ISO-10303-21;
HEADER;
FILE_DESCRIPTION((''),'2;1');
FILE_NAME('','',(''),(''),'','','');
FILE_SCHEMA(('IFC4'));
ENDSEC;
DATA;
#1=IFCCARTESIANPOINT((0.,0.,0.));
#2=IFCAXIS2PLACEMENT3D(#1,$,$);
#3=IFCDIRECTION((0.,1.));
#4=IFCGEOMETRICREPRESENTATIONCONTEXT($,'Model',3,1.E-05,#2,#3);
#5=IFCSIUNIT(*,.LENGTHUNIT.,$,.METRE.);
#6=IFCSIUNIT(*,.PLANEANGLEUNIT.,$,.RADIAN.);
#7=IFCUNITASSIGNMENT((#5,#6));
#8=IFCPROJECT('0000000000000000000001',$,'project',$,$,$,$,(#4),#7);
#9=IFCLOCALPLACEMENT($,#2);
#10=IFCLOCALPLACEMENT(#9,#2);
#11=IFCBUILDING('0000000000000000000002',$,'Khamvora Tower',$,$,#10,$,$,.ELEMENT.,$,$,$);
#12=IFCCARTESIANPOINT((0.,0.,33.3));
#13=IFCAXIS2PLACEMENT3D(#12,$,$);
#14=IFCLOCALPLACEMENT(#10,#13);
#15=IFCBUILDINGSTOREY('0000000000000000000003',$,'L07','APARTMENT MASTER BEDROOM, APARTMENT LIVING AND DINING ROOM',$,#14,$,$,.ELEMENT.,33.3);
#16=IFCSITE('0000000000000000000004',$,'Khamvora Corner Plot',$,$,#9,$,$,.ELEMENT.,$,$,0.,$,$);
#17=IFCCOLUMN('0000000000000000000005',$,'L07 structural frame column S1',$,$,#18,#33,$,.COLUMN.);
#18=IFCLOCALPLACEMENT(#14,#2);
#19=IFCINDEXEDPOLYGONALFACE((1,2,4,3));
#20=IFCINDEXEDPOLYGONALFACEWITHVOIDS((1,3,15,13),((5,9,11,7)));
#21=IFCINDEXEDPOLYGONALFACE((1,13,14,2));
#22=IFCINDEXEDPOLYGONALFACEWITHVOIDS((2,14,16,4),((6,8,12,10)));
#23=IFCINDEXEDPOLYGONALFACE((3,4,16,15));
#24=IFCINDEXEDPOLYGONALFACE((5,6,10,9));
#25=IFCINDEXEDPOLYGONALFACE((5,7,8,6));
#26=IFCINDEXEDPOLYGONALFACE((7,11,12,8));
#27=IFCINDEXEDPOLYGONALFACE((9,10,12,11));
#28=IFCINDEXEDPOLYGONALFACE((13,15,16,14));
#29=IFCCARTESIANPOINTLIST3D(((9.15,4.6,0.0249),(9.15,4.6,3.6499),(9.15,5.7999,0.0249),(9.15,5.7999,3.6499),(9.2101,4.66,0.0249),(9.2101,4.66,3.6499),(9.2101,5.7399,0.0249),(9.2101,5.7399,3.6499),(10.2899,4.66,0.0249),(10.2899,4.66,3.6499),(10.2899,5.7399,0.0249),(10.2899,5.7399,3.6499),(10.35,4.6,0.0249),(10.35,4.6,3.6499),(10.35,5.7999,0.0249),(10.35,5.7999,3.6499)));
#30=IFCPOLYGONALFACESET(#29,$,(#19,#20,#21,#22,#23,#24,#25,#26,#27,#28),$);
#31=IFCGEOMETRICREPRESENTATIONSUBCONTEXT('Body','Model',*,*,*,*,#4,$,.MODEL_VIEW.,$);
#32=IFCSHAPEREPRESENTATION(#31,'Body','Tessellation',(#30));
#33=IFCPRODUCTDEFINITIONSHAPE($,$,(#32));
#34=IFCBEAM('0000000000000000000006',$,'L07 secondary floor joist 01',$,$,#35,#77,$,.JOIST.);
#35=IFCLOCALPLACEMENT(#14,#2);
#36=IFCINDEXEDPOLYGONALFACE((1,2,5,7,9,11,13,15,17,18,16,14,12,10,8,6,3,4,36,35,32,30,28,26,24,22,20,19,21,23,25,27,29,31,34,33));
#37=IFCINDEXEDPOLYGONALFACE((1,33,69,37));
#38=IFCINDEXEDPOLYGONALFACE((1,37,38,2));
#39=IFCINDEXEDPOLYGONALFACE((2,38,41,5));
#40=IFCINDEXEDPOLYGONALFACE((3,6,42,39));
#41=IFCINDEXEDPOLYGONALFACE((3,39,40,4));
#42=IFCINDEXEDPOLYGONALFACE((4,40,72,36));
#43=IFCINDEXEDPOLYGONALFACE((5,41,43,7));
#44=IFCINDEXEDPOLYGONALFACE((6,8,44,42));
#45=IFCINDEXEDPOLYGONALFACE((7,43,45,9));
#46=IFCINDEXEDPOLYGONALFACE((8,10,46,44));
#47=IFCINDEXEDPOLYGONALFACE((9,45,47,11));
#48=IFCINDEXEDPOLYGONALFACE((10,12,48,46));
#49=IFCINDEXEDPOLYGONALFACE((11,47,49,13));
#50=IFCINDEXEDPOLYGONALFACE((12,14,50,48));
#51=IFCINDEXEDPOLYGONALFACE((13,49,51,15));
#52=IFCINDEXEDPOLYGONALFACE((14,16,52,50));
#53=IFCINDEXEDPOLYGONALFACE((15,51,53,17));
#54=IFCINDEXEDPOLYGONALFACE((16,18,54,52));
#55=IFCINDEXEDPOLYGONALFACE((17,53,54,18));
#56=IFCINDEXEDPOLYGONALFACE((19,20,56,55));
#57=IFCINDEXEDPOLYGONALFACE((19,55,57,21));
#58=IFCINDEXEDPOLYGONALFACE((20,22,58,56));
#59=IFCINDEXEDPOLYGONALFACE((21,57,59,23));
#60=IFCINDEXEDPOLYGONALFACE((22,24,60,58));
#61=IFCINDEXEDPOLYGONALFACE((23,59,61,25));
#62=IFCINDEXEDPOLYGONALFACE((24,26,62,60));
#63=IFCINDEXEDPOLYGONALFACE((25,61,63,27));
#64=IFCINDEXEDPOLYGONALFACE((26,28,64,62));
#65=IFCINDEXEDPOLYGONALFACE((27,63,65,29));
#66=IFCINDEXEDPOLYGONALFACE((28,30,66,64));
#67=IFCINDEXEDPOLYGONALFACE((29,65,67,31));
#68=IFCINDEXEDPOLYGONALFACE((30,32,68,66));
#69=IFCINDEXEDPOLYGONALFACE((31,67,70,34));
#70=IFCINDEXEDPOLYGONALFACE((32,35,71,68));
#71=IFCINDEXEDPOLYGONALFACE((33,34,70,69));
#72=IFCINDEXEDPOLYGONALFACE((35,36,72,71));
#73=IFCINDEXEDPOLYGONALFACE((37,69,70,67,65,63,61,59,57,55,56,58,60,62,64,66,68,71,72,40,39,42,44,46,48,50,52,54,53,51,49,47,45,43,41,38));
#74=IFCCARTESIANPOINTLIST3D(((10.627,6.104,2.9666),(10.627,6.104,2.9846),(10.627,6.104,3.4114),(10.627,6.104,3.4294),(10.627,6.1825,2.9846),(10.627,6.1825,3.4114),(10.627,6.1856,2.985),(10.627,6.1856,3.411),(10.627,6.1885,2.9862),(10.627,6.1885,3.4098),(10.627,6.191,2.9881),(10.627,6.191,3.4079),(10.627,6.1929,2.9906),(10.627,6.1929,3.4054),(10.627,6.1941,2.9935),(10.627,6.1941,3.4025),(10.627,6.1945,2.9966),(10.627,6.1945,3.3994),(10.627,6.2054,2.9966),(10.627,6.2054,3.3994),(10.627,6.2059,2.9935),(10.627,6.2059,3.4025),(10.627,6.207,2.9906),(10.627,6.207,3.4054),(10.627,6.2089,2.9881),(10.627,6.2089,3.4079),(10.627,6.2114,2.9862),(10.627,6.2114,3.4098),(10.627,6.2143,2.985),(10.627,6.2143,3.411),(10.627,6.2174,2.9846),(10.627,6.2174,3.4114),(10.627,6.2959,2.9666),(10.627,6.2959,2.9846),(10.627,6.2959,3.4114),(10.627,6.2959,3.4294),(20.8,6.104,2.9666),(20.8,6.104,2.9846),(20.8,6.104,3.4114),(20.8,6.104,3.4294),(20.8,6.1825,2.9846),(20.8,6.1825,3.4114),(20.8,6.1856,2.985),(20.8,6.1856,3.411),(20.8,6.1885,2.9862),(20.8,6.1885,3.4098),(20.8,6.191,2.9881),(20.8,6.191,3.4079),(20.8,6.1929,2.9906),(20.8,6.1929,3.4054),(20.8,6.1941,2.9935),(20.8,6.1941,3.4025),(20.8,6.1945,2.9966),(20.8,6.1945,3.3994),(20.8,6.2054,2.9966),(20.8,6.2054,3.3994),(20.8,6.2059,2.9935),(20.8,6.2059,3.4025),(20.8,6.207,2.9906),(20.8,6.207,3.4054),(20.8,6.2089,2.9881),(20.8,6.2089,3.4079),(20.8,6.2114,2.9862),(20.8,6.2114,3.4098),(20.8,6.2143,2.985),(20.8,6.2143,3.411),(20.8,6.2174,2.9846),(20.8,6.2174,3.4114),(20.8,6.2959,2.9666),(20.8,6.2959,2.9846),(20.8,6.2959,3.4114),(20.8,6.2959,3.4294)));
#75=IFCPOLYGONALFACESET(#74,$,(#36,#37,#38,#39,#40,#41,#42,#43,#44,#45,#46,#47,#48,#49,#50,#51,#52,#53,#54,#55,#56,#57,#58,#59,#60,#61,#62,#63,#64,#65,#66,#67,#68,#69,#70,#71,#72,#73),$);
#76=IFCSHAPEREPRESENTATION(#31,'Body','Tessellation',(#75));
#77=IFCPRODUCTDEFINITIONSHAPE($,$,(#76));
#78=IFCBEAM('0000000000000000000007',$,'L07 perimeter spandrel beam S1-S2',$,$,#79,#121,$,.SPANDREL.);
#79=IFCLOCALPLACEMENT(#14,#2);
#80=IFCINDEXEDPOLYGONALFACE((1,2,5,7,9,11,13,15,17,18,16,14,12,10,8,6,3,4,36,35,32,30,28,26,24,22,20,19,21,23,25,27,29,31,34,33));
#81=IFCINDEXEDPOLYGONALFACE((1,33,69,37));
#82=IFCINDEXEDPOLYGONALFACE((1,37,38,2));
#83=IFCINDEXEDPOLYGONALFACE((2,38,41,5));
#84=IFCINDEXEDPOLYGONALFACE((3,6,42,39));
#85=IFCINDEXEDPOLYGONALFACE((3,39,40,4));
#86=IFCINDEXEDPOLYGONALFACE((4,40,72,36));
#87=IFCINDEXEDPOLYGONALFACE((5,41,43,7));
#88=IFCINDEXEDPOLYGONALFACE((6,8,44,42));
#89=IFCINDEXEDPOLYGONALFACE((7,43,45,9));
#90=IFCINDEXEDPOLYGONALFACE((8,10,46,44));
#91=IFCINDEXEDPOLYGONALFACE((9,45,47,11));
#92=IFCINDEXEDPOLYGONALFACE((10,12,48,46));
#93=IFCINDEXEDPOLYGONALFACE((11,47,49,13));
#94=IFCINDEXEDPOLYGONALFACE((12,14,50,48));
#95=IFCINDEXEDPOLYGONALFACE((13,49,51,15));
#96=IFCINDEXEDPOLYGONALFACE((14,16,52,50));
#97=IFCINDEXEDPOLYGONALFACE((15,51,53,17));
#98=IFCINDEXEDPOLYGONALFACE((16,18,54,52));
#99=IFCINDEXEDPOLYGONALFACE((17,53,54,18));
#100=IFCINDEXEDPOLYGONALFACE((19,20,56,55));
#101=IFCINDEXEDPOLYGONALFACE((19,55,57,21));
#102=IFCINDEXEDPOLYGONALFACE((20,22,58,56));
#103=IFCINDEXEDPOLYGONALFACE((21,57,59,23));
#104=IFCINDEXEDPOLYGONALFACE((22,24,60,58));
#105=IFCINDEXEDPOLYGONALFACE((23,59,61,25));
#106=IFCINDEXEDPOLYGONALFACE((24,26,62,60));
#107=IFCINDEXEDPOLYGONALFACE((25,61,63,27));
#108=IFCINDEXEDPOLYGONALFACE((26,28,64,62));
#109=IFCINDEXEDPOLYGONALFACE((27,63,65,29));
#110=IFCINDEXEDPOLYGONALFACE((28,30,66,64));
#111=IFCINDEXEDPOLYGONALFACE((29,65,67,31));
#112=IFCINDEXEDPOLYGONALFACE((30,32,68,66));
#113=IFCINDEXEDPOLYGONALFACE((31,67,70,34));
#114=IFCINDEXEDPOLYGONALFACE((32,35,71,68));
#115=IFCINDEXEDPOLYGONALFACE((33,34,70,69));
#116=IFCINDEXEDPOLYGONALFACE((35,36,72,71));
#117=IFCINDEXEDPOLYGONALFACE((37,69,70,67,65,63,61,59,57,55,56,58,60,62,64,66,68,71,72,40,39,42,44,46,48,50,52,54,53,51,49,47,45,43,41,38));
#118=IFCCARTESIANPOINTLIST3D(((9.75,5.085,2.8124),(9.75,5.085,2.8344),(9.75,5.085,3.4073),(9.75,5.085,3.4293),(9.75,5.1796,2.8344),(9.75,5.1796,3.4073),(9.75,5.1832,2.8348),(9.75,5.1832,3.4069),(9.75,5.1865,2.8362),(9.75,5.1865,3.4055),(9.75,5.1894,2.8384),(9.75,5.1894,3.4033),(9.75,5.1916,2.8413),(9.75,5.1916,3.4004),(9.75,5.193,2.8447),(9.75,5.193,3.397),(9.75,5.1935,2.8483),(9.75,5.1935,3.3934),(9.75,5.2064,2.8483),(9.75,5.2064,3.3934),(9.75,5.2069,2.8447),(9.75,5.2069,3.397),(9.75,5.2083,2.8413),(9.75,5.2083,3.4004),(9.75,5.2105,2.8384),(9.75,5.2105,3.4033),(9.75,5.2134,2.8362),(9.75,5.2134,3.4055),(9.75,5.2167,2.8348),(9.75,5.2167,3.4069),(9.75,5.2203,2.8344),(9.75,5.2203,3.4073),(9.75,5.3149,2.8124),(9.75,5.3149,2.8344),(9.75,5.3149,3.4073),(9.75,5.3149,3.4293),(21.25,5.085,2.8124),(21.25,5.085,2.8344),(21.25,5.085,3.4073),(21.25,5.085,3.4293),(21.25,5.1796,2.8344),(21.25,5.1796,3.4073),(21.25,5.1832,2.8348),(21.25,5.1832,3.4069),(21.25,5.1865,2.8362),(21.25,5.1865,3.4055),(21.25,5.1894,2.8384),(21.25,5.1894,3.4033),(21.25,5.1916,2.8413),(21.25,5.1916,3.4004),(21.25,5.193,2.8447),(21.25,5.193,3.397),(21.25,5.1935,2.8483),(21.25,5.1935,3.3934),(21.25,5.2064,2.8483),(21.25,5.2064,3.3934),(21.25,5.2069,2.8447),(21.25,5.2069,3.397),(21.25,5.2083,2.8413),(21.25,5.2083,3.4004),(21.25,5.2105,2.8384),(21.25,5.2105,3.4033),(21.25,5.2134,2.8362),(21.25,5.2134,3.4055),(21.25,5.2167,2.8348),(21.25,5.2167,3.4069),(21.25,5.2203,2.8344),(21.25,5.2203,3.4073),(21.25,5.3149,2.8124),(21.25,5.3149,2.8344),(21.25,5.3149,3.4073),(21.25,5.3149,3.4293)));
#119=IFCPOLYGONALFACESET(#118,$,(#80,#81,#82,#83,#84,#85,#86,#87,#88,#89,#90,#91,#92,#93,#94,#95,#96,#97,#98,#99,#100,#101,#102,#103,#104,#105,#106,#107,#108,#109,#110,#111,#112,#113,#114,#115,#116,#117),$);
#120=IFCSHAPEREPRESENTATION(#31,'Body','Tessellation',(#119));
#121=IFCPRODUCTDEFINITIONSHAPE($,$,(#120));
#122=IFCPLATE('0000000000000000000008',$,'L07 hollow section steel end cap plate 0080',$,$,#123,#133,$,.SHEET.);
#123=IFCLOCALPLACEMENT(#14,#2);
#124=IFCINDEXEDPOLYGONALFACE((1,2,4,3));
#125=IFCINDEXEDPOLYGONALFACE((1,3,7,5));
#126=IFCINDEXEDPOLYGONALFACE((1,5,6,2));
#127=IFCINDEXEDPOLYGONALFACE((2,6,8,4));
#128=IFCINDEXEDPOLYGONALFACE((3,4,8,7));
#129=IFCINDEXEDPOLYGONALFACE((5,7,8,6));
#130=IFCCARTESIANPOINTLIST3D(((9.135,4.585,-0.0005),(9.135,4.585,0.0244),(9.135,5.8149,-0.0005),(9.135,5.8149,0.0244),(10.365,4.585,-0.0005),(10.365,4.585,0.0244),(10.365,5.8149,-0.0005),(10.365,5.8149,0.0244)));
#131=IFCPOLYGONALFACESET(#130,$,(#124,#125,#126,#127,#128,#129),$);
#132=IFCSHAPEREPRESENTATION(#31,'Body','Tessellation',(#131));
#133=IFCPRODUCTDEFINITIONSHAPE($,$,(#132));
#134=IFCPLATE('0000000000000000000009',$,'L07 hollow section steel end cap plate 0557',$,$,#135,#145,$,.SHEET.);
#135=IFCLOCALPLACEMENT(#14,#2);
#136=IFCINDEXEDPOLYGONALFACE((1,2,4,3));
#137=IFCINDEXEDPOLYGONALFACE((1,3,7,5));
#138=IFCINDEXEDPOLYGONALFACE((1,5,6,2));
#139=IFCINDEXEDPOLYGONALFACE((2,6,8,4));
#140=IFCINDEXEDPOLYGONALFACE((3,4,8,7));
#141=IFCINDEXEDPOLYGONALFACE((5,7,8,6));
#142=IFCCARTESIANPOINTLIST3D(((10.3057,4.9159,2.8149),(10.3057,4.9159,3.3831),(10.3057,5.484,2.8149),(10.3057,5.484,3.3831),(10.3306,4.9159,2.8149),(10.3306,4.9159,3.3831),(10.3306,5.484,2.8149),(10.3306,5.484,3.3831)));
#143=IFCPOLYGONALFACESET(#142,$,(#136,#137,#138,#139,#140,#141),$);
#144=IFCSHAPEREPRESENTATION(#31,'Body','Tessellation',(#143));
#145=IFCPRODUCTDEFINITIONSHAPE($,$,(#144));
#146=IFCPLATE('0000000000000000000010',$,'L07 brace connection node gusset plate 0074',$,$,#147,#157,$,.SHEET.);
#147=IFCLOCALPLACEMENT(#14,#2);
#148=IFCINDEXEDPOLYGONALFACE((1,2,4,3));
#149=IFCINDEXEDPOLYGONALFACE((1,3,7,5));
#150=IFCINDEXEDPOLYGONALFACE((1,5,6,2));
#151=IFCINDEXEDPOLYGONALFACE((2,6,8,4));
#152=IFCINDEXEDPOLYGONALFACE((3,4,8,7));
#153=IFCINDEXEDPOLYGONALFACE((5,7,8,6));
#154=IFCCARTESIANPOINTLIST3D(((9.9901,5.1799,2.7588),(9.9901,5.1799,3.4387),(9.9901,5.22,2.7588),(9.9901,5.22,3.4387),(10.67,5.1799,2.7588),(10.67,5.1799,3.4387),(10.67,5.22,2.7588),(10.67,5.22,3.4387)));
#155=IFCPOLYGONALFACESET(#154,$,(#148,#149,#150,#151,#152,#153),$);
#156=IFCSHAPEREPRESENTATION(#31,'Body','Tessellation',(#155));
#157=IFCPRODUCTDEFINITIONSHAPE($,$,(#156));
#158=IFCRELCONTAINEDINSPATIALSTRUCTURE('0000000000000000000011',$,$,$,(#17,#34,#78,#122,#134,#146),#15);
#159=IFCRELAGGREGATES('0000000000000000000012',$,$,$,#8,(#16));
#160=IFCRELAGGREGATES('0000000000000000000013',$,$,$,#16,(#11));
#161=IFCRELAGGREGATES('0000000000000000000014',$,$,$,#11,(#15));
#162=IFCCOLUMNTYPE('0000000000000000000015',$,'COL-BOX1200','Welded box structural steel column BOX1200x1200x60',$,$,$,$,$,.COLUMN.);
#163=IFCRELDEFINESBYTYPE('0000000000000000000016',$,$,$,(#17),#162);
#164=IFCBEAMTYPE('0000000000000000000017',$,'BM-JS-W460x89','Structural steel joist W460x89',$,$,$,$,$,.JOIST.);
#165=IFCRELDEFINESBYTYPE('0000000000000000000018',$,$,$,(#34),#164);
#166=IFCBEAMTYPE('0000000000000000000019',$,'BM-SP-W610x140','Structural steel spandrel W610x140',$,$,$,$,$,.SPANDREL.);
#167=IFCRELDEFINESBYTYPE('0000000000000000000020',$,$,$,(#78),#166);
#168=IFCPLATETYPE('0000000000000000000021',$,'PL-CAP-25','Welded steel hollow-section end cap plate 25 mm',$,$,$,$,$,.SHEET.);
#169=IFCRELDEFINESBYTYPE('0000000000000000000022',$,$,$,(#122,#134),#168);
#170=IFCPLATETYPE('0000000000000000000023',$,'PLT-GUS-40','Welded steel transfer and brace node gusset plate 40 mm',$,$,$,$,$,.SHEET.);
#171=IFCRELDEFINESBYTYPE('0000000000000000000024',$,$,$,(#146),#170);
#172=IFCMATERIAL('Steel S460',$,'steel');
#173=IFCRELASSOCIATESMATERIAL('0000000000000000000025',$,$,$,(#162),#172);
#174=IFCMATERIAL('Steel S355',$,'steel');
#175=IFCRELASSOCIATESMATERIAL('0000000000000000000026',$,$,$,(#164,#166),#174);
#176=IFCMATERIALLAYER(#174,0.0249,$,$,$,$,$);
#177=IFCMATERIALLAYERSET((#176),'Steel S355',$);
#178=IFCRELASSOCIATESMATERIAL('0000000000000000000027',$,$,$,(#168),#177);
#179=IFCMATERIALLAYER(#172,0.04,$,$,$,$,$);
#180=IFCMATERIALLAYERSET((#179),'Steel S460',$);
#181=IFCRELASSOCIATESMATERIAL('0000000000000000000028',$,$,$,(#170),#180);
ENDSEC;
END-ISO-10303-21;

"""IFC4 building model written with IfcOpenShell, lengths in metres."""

from ifc_helpers import new_model, si_unit, direction, frame, origin, origin_2d, place, context, subcontext, project, spatial, rectangle, hollow_rectangle, i_section, extrude, material, layer, layer_set, material_profile, profile_set, type_object, element, save


model = new_model("IFC4")

# Units and contexts
model_context = context("Model", 3, precision=1e-05, world=origin(), true_north=direction((0.0, 1.0)))
body_context = subcontext(model_context, "Body", "Model", "MODEL_VIEW")
ifc_project = project(units=[si_unit("LENGTHUNIT", "METRE"), si_unit("PLANEANGLEUNIT", "RADIAN")], contexts=[model_context])

# Site, building, storey
site_placement = place(None, origin())
site = spatial("IfcSite", under=ifc_project, at=site_placement, Name="Khamvora Corner Plot", CompositionType="ELEMENT", RefElevation=0.0)
building_placement = place(site_placement, origin())
building = spatial("IfcBuilding", under=site, at=building_placement, Name="Khamvora Tower", CompositionType="ELEMENT")
storey_placement = place(building_placement, frame((0.0, 0.0, 33.3)))
storey = spatial("IfcBuildingStorey", under=building, at=storey_placement, Name="L07", Description="APARTMENT MASTER BEDROOM, APARTMENT LIVING AND DINING ROOM", CompositionType="ELEMENT", Elevation=33.3)

# Column
ifc_material_1 = material(Name="Steel S460", Category="steel")
ifc_material_profile_1 = material_profile(ifc_material_1, hollow_rectangle(XDim=1.2, YDim=1.2, WallThickness=0.0601, at=origin_2d()), Name="BOX1200x1200x60")
ifc_profile_set_1 = profile_set([ifc_material_profile_1], Name="Steel S460")
column_type = type_object("IfcColumnType", Name="COL-BOX1200", Description="Welded box structural steel column BOX1200x1200x60", PredefinedType="COLUMN", material=ifc_profile_set_1)
column_placement = place(storey_placement, frame((9.75, 5.2, 0.0249), z_axis=(0.0, 0.0, 1.0), x_axis=(1.0, 0.0, 0.0)))
element("IfcColumn", 1, at=column_placement, inside=storey, type_object=column_type, Name="L07 structural frame column S1", PredefinedType="COLUMN", context=body_context, shape_type="SweptSolid", body=[
    extrude(hollow_rectangle(XDim=1.2, YDim=1.2, WallThickness=0.0601, at=origin_2d()), origin(), (0.0, 0.0, 1.0), 3.625),
])

# Beams
ifc_material_2 = material(Name="Steel S355", Category="steel")
ifc_material_profile_2 = material_profile(ifc_material_2, i_section(OverallWidth=0.1919, OverallDepth=0.4629, WebThickness=0.011, FlangeThickness=0.0181, FilletRadius=0.012, at=origin_2d()), Name="W460x89")
ifc_profile_set_2 = profile_set([ifc_material_profile_2], Name="Steel S355")
beam_type_1 = type_object("IfcBeamType", Name="BM-JS-W460x89", Description="Structural steel joist W460x89", PredefinedType="JOIST", material=ifc_profile_set_2)
beam_1_placement = place(storey_placement, frame((10.627, 6.2, 3.198), z_axis=(1.0, 0.0, 0.0), x_axis=(0.0, 1.0, 0.0)))
element("IfcBeam", 2, at=beam_1_placement, inside=storey, type_object=beam_type_1, Name="L07 secondary floor joist 01", PredefinedType="JOIST", context=body_context, shape_type="SweptSolid", body=[
    extrude(i_section(OverallWidth=0.1919, OverallDepth=0.4629, WebThickness=0.011, FlangeThickness=0.0181, FilletRadius=0.012, at=origin_2d()), origin(), (0.0, 0.0, 1.0), 10.1731),
])
ifc_material_profile_3 = material_profile(ifc_material_2, i_section(OverallWidth=0.23, OverallDepth=0.6169, WebThickness=0.0129, FlangeThickness=0.022, FilletRadius=0.0139, at=origin_2d()), Name="W610x140")
ifc_profile_set_3 = profile_set([ifc_material_profile_3], Name="Steel S355")
beam_type_2 = type_object("IfcBeamType", Name="BM-SP-W610x140", Description="Structural steel spandrel W610x140", PredefinedType="SPANDREL", material=ifc_profile_set_3)
beam_2_placement = place(storey_placement, frame((9.75, 5.2, 3.1208), z_axis=(1.0, 0.0, 0.0), x_axis=(0.0, 1.0, 0.0)))
element("IfcBeam", 3, at=beam_2_placement, inside=storey, type_object=beam_type_2, Name="L07 perimeter spandrel beam S1-S2", PredefinedType="SPANDREL", context=body_context, shape_type="SweptSolid", body=[
    extrude(i_section(OverallWidth=0.23, OverallDepth=0.6169, WebThickness=0.0129, FlangeThickness=0.022, FilletRadius=0.0139, at=origin_2d()), origin(), (0.0, 0.0, 1.0), 11.5),
])

# Plates
ifc_layer_1 = layer(ifc_material_2, 0.0249)
ifc_layer_set_1 = layer_set([ifc_layer_1], Name="Steel S355")
plate_type_1 = type_object("IfcPlateType", Name="PL-CAP-25", Description="Welded steel hollow-section end cap plate 25 mm", PredefinedType="SHEET", material=ifc_layer_set_1)
plate_1_placement = place(storey_placement, frame((9.75, 5.2, -0.0005), z_axis=(0.0, 0.0, 1.0), x_axis=(1.0, 0.0, 0.0)))
element("IfcPlate", 4, at=plate_1_placement, inside=storey, type_object=plate_type_1, Name="L07 hollow section steel end cap plate 0080", PredefinedType="SHEET", context=body_context, shape_type="SweptSolid", body=[
    extrude(rectangle(XDim=1.23, YDim=1.23, at=origin_2d()), origin(), (0.0, 0.0, 1.0), 0.0249),
])
plate_2_placement = place(storey_placement, frame((10.3181, 5.2, 2.8149), z_axis=(0.0, 0.0, 1.0), x_axis=(-1.0, 0.0, 0.0)))
element("IfcPlate", 5, at=plate_2_placement, inside=storey, type_object=plate_type_1, Name="L07 hollow section steel end cap plate 0557", PredefinedType="SHEET", context=body_context, shape_type="SweptSolid", body=[
    extrude(rectangle(XDim=0.0249, YDim=0.5681, at=origin_2d()), origin(), (0.0, 0.0, 1.0), 0.5681),
])
ifc_layer_2 = layer(ifc_material_1, 0.04)
ifc_layer_set_2 = layer_set([ifc_layer_2], Name="Steel S460")
plate_type_2 = type_object("IfcPlateType", Name="PLT-GUS-40", Description="Welded steel transfer and brace node gusset plate 40 mm", PredefinedType="SHEET", material=ifc_layer_set_2)
plate_3_placement = place(storey_placement, frame((10.3301, 5.2, 2.7588), z_axis=(0.0, 0.0, 1.0), x_axis=(1.0, 0.0, 0.0)))
element("IfcPlate", 6, at=plate_3_placement, inside=storey, type_object=plate_type_2, Name="L07 brace connection node gusset plate 0074", PredefinedType="SHEET", context=body_context, shape_type="SweptSolid", body=[
    extrude(rectangle(XDim=0.6799, YDim=0.04, at=origin_2d()), origin(), (0.0, 0.0, 1.0), 0.6799),
])

save(model, "model.ifc")
